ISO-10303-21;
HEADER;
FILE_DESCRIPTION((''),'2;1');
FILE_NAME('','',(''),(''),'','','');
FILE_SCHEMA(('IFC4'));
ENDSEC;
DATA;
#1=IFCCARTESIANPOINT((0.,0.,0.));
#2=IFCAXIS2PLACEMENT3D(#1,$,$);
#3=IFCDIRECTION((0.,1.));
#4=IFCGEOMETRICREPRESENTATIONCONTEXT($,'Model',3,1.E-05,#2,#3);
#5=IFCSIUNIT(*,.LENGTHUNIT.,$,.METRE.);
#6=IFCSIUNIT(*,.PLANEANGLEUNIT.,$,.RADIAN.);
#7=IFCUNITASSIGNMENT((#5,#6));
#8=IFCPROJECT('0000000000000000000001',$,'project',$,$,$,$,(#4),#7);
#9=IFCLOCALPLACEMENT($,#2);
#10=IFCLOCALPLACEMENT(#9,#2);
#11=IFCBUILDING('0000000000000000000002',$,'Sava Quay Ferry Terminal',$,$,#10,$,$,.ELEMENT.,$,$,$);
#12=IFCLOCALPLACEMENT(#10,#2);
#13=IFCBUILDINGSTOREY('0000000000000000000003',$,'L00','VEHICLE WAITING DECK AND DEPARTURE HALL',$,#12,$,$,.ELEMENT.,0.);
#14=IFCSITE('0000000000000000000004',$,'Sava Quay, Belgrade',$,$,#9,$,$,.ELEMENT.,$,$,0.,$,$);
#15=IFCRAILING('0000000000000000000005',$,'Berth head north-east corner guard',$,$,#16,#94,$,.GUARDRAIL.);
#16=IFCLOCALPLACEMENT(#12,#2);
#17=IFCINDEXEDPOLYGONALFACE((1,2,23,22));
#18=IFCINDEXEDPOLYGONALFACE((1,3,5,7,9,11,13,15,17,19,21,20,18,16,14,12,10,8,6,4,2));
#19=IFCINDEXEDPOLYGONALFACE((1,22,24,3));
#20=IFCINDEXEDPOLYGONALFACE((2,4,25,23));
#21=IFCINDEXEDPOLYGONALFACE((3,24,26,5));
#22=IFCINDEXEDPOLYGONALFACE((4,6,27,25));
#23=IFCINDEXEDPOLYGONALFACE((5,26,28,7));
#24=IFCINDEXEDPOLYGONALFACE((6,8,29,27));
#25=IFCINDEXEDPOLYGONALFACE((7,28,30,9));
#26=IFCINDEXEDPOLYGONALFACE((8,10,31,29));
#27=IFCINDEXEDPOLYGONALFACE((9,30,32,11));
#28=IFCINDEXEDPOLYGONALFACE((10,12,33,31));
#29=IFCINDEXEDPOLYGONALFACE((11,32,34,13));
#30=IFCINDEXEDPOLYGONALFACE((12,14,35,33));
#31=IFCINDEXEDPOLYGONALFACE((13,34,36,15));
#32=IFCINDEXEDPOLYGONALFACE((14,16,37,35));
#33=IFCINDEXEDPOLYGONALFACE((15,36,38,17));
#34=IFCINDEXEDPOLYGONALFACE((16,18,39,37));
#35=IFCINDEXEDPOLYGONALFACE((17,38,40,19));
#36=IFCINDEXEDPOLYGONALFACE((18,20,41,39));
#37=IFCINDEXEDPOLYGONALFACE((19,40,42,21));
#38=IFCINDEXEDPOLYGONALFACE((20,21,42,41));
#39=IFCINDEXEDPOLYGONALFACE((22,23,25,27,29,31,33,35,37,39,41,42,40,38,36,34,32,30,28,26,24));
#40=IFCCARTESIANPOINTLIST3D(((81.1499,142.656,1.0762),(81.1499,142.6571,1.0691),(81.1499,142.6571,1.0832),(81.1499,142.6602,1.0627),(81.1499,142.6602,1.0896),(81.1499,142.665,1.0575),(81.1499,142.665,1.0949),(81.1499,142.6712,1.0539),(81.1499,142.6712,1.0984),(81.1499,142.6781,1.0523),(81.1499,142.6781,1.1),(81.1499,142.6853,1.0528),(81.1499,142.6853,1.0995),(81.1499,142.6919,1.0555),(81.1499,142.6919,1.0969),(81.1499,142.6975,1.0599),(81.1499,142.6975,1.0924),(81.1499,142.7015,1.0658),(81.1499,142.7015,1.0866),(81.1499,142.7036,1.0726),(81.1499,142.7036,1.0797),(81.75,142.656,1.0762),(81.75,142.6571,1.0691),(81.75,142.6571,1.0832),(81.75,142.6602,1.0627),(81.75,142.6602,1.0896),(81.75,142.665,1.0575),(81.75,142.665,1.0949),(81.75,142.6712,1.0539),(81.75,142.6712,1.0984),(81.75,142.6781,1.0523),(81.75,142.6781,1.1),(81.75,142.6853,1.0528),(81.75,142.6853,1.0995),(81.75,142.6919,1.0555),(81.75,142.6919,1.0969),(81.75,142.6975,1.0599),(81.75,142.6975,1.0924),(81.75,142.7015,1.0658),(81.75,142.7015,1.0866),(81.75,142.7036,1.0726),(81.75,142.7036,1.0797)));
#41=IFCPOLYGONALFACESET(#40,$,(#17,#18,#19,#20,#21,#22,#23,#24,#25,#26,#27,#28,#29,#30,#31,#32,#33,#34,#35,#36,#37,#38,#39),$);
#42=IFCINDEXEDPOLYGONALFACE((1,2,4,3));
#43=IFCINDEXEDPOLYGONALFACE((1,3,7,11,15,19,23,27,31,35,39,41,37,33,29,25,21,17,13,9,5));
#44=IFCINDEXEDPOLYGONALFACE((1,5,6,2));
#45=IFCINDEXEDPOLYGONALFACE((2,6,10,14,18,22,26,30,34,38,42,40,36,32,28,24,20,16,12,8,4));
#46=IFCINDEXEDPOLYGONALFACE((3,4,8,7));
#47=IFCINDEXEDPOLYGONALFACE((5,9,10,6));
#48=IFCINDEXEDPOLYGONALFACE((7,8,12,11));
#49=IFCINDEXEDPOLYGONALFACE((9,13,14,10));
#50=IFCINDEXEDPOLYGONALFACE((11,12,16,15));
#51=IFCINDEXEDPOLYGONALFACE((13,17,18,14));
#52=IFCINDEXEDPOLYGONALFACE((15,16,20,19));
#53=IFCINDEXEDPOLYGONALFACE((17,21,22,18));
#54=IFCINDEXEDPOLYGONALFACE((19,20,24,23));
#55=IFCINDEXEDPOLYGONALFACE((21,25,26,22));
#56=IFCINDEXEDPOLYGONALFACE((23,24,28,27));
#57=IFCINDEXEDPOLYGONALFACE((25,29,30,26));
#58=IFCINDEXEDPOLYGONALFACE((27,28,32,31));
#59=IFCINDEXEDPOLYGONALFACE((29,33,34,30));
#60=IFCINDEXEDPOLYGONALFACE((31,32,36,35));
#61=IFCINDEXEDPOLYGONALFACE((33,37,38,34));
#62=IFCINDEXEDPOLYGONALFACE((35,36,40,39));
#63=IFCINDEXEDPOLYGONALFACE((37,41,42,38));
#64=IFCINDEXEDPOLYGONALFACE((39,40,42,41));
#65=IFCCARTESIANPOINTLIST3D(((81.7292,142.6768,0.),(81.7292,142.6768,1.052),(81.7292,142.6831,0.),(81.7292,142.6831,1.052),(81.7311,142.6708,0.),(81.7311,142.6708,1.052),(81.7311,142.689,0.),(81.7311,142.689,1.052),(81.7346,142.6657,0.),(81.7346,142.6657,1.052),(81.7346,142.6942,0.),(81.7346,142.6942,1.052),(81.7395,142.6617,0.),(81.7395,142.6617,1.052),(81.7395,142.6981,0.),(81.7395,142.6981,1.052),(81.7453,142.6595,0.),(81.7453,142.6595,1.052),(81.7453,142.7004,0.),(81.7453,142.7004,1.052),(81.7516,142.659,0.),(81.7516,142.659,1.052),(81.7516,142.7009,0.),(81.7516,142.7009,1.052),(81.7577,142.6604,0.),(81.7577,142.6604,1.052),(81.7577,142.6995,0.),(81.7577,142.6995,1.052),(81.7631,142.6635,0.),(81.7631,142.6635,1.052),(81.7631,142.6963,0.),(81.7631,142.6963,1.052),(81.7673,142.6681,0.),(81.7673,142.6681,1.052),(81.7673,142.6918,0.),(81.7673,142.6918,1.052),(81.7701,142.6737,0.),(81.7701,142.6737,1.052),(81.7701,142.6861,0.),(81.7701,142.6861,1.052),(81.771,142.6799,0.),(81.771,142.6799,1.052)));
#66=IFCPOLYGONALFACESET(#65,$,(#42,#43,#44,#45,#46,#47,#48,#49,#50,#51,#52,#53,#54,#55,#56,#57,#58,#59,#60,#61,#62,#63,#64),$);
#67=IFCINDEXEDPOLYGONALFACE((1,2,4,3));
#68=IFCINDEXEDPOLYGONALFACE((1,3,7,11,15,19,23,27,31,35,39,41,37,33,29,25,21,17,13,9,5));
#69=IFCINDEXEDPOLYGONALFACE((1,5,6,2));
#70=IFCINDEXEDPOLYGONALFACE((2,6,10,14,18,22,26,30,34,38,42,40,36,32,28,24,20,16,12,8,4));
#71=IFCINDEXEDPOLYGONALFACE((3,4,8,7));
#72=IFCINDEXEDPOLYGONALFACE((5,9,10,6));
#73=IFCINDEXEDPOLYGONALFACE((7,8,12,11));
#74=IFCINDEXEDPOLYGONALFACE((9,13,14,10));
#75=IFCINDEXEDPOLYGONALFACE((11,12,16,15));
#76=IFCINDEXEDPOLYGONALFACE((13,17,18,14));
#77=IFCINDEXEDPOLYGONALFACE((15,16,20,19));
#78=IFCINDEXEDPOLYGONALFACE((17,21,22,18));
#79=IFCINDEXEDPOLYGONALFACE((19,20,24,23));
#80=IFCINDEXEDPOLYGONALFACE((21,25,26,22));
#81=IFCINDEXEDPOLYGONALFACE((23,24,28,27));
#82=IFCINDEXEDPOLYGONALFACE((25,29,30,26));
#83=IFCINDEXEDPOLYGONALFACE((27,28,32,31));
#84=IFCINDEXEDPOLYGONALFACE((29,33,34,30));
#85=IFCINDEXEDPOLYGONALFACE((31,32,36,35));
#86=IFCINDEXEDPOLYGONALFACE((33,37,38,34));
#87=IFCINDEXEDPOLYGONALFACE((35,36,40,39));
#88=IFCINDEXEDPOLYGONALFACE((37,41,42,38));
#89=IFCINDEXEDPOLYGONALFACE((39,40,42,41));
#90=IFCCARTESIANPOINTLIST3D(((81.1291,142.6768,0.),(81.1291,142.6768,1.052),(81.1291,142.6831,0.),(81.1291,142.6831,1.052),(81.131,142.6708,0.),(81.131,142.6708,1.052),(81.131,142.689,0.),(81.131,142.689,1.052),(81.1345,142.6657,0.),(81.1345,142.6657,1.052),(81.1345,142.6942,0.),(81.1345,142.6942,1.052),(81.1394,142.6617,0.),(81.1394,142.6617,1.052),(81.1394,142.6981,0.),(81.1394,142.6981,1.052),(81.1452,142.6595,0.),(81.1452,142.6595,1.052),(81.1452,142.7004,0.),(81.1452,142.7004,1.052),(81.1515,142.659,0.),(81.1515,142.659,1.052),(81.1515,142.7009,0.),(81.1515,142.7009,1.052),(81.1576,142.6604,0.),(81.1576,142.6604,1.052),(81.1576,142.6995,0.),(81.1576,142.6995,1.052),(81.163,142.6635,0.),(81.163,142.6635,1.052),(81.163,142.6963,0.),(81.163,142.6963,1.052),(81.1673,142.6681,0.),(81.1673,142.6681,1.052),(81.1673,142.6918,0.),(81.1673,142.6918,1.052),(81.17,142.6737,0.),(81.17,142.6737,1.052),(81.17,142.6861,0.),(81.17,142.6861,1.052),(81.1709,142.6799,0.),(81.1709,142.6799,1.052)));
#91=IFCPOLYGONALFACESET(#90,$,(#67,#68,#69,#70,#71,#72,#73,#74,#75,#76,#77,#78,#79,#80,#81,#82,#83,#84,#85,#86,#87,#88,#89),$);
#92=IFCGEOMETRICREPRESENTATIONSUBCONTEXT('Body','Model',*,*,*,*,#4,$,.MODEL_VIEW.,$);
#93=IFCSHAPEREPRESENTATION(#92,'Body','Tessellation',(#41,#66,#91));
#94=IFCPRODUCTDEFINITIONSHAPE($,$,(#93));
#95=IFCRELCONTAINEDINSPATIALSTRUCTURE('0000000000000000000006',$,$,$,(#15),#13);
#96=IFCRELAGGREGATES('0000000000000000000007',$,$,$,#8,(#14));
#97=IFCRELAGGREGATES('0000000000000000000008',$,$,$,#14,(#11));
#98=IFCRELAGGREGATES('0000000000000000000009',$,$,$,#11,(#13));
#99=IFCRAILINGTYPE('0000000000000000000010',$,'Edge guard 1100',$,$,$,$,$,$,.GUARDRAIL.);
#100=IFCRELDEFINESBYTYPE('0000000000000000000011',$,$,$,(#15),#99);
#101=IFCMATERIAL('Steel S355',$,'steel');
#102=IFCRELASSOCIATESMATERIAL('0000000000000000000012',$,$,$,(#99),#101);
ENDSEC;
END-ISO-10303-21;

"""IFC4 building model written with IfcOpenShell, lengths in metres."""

from ifc_helpers import new_model, si_unit, direction, frame, origin, origin_2d, place, context, subcontext, project, spatial, circle, extrude, material, type_object, element, save


model = new_model("IFC4")

# Units and contexts
model_context = context("Model", 3, precision=1e-05, world=origin(), true_north=direction((0.0, 1.0)))
body_context = subcontext(model_context, "Body", "Model", "MODEL_VIEW")
ifc_project = project(units=[si_unit("LENGTHUNIT", "METRE"), si_unit("PLANEANGLEUNIT", "RADIAN")], contexts=[model_context])

# Site, building, storey
site_placement = place(None, origin())
site = spatial("IfcSite", under=ifc_project, at=site_placement, Name="Sava Quay, Belgrade", CompositionType="ELEMENT", RefElevation=0.0)
building_placement = place(site_placement, origin())
building = spatial("IfcBuilding", under=site, at=building_placement, Name="Sava Quay Ferry Terminal", CompositionType="ELEMENT")
storey_placement = place(building_placement, origin())
storey = spatial("IfcBuildingStorey", under=building, at=storey_placement, Name="L00", Description="VEHICLE WAITING DECK AND DEPARTURE HALL", CompositionType="ELEMENT", Elevation=0.0)

# Railing
ifc_material_1 = material(Name="Steel S355", Category="steel")
railing_type = type_object("IfcRailingType", Name="Edge guard 1100", PredefinedType="GUARDRAIL", material=ifc_material_1)
railing_1_placement = place(storey_placement, frame((81.75, 142.6799, 0.0)))
element("IfcRailing", 1, at=railing_1_placement, inside=storey, type_object=railing_type, Name="Berth head north-east corner guard", PredefinedType="GUARDRAIL", context=body_context, shape_type="SweptSolid", body=[
    extrude(circle(Radius=0.0239, at=origin_2d()), frame((0.0, 0.0, 1.0762), z_axis=(-1.0, 0.0, 0.0), x_axis=(0.0, -1.0, 0.0)), (0.0, 0.0, 1.0), 0.6001),
    extrude(circle(Radius=0.021, at=origin_2d()), origin(), (0.0, 0.0, 1.0), 1.052),
    extrude(circle(Radius=0.021, at=origin_2d()), frame((-0.6001, 0.0, 0.0)), (0.0, 0.0, 1.0), 1.052),
])

save(model, "model.ifc")
